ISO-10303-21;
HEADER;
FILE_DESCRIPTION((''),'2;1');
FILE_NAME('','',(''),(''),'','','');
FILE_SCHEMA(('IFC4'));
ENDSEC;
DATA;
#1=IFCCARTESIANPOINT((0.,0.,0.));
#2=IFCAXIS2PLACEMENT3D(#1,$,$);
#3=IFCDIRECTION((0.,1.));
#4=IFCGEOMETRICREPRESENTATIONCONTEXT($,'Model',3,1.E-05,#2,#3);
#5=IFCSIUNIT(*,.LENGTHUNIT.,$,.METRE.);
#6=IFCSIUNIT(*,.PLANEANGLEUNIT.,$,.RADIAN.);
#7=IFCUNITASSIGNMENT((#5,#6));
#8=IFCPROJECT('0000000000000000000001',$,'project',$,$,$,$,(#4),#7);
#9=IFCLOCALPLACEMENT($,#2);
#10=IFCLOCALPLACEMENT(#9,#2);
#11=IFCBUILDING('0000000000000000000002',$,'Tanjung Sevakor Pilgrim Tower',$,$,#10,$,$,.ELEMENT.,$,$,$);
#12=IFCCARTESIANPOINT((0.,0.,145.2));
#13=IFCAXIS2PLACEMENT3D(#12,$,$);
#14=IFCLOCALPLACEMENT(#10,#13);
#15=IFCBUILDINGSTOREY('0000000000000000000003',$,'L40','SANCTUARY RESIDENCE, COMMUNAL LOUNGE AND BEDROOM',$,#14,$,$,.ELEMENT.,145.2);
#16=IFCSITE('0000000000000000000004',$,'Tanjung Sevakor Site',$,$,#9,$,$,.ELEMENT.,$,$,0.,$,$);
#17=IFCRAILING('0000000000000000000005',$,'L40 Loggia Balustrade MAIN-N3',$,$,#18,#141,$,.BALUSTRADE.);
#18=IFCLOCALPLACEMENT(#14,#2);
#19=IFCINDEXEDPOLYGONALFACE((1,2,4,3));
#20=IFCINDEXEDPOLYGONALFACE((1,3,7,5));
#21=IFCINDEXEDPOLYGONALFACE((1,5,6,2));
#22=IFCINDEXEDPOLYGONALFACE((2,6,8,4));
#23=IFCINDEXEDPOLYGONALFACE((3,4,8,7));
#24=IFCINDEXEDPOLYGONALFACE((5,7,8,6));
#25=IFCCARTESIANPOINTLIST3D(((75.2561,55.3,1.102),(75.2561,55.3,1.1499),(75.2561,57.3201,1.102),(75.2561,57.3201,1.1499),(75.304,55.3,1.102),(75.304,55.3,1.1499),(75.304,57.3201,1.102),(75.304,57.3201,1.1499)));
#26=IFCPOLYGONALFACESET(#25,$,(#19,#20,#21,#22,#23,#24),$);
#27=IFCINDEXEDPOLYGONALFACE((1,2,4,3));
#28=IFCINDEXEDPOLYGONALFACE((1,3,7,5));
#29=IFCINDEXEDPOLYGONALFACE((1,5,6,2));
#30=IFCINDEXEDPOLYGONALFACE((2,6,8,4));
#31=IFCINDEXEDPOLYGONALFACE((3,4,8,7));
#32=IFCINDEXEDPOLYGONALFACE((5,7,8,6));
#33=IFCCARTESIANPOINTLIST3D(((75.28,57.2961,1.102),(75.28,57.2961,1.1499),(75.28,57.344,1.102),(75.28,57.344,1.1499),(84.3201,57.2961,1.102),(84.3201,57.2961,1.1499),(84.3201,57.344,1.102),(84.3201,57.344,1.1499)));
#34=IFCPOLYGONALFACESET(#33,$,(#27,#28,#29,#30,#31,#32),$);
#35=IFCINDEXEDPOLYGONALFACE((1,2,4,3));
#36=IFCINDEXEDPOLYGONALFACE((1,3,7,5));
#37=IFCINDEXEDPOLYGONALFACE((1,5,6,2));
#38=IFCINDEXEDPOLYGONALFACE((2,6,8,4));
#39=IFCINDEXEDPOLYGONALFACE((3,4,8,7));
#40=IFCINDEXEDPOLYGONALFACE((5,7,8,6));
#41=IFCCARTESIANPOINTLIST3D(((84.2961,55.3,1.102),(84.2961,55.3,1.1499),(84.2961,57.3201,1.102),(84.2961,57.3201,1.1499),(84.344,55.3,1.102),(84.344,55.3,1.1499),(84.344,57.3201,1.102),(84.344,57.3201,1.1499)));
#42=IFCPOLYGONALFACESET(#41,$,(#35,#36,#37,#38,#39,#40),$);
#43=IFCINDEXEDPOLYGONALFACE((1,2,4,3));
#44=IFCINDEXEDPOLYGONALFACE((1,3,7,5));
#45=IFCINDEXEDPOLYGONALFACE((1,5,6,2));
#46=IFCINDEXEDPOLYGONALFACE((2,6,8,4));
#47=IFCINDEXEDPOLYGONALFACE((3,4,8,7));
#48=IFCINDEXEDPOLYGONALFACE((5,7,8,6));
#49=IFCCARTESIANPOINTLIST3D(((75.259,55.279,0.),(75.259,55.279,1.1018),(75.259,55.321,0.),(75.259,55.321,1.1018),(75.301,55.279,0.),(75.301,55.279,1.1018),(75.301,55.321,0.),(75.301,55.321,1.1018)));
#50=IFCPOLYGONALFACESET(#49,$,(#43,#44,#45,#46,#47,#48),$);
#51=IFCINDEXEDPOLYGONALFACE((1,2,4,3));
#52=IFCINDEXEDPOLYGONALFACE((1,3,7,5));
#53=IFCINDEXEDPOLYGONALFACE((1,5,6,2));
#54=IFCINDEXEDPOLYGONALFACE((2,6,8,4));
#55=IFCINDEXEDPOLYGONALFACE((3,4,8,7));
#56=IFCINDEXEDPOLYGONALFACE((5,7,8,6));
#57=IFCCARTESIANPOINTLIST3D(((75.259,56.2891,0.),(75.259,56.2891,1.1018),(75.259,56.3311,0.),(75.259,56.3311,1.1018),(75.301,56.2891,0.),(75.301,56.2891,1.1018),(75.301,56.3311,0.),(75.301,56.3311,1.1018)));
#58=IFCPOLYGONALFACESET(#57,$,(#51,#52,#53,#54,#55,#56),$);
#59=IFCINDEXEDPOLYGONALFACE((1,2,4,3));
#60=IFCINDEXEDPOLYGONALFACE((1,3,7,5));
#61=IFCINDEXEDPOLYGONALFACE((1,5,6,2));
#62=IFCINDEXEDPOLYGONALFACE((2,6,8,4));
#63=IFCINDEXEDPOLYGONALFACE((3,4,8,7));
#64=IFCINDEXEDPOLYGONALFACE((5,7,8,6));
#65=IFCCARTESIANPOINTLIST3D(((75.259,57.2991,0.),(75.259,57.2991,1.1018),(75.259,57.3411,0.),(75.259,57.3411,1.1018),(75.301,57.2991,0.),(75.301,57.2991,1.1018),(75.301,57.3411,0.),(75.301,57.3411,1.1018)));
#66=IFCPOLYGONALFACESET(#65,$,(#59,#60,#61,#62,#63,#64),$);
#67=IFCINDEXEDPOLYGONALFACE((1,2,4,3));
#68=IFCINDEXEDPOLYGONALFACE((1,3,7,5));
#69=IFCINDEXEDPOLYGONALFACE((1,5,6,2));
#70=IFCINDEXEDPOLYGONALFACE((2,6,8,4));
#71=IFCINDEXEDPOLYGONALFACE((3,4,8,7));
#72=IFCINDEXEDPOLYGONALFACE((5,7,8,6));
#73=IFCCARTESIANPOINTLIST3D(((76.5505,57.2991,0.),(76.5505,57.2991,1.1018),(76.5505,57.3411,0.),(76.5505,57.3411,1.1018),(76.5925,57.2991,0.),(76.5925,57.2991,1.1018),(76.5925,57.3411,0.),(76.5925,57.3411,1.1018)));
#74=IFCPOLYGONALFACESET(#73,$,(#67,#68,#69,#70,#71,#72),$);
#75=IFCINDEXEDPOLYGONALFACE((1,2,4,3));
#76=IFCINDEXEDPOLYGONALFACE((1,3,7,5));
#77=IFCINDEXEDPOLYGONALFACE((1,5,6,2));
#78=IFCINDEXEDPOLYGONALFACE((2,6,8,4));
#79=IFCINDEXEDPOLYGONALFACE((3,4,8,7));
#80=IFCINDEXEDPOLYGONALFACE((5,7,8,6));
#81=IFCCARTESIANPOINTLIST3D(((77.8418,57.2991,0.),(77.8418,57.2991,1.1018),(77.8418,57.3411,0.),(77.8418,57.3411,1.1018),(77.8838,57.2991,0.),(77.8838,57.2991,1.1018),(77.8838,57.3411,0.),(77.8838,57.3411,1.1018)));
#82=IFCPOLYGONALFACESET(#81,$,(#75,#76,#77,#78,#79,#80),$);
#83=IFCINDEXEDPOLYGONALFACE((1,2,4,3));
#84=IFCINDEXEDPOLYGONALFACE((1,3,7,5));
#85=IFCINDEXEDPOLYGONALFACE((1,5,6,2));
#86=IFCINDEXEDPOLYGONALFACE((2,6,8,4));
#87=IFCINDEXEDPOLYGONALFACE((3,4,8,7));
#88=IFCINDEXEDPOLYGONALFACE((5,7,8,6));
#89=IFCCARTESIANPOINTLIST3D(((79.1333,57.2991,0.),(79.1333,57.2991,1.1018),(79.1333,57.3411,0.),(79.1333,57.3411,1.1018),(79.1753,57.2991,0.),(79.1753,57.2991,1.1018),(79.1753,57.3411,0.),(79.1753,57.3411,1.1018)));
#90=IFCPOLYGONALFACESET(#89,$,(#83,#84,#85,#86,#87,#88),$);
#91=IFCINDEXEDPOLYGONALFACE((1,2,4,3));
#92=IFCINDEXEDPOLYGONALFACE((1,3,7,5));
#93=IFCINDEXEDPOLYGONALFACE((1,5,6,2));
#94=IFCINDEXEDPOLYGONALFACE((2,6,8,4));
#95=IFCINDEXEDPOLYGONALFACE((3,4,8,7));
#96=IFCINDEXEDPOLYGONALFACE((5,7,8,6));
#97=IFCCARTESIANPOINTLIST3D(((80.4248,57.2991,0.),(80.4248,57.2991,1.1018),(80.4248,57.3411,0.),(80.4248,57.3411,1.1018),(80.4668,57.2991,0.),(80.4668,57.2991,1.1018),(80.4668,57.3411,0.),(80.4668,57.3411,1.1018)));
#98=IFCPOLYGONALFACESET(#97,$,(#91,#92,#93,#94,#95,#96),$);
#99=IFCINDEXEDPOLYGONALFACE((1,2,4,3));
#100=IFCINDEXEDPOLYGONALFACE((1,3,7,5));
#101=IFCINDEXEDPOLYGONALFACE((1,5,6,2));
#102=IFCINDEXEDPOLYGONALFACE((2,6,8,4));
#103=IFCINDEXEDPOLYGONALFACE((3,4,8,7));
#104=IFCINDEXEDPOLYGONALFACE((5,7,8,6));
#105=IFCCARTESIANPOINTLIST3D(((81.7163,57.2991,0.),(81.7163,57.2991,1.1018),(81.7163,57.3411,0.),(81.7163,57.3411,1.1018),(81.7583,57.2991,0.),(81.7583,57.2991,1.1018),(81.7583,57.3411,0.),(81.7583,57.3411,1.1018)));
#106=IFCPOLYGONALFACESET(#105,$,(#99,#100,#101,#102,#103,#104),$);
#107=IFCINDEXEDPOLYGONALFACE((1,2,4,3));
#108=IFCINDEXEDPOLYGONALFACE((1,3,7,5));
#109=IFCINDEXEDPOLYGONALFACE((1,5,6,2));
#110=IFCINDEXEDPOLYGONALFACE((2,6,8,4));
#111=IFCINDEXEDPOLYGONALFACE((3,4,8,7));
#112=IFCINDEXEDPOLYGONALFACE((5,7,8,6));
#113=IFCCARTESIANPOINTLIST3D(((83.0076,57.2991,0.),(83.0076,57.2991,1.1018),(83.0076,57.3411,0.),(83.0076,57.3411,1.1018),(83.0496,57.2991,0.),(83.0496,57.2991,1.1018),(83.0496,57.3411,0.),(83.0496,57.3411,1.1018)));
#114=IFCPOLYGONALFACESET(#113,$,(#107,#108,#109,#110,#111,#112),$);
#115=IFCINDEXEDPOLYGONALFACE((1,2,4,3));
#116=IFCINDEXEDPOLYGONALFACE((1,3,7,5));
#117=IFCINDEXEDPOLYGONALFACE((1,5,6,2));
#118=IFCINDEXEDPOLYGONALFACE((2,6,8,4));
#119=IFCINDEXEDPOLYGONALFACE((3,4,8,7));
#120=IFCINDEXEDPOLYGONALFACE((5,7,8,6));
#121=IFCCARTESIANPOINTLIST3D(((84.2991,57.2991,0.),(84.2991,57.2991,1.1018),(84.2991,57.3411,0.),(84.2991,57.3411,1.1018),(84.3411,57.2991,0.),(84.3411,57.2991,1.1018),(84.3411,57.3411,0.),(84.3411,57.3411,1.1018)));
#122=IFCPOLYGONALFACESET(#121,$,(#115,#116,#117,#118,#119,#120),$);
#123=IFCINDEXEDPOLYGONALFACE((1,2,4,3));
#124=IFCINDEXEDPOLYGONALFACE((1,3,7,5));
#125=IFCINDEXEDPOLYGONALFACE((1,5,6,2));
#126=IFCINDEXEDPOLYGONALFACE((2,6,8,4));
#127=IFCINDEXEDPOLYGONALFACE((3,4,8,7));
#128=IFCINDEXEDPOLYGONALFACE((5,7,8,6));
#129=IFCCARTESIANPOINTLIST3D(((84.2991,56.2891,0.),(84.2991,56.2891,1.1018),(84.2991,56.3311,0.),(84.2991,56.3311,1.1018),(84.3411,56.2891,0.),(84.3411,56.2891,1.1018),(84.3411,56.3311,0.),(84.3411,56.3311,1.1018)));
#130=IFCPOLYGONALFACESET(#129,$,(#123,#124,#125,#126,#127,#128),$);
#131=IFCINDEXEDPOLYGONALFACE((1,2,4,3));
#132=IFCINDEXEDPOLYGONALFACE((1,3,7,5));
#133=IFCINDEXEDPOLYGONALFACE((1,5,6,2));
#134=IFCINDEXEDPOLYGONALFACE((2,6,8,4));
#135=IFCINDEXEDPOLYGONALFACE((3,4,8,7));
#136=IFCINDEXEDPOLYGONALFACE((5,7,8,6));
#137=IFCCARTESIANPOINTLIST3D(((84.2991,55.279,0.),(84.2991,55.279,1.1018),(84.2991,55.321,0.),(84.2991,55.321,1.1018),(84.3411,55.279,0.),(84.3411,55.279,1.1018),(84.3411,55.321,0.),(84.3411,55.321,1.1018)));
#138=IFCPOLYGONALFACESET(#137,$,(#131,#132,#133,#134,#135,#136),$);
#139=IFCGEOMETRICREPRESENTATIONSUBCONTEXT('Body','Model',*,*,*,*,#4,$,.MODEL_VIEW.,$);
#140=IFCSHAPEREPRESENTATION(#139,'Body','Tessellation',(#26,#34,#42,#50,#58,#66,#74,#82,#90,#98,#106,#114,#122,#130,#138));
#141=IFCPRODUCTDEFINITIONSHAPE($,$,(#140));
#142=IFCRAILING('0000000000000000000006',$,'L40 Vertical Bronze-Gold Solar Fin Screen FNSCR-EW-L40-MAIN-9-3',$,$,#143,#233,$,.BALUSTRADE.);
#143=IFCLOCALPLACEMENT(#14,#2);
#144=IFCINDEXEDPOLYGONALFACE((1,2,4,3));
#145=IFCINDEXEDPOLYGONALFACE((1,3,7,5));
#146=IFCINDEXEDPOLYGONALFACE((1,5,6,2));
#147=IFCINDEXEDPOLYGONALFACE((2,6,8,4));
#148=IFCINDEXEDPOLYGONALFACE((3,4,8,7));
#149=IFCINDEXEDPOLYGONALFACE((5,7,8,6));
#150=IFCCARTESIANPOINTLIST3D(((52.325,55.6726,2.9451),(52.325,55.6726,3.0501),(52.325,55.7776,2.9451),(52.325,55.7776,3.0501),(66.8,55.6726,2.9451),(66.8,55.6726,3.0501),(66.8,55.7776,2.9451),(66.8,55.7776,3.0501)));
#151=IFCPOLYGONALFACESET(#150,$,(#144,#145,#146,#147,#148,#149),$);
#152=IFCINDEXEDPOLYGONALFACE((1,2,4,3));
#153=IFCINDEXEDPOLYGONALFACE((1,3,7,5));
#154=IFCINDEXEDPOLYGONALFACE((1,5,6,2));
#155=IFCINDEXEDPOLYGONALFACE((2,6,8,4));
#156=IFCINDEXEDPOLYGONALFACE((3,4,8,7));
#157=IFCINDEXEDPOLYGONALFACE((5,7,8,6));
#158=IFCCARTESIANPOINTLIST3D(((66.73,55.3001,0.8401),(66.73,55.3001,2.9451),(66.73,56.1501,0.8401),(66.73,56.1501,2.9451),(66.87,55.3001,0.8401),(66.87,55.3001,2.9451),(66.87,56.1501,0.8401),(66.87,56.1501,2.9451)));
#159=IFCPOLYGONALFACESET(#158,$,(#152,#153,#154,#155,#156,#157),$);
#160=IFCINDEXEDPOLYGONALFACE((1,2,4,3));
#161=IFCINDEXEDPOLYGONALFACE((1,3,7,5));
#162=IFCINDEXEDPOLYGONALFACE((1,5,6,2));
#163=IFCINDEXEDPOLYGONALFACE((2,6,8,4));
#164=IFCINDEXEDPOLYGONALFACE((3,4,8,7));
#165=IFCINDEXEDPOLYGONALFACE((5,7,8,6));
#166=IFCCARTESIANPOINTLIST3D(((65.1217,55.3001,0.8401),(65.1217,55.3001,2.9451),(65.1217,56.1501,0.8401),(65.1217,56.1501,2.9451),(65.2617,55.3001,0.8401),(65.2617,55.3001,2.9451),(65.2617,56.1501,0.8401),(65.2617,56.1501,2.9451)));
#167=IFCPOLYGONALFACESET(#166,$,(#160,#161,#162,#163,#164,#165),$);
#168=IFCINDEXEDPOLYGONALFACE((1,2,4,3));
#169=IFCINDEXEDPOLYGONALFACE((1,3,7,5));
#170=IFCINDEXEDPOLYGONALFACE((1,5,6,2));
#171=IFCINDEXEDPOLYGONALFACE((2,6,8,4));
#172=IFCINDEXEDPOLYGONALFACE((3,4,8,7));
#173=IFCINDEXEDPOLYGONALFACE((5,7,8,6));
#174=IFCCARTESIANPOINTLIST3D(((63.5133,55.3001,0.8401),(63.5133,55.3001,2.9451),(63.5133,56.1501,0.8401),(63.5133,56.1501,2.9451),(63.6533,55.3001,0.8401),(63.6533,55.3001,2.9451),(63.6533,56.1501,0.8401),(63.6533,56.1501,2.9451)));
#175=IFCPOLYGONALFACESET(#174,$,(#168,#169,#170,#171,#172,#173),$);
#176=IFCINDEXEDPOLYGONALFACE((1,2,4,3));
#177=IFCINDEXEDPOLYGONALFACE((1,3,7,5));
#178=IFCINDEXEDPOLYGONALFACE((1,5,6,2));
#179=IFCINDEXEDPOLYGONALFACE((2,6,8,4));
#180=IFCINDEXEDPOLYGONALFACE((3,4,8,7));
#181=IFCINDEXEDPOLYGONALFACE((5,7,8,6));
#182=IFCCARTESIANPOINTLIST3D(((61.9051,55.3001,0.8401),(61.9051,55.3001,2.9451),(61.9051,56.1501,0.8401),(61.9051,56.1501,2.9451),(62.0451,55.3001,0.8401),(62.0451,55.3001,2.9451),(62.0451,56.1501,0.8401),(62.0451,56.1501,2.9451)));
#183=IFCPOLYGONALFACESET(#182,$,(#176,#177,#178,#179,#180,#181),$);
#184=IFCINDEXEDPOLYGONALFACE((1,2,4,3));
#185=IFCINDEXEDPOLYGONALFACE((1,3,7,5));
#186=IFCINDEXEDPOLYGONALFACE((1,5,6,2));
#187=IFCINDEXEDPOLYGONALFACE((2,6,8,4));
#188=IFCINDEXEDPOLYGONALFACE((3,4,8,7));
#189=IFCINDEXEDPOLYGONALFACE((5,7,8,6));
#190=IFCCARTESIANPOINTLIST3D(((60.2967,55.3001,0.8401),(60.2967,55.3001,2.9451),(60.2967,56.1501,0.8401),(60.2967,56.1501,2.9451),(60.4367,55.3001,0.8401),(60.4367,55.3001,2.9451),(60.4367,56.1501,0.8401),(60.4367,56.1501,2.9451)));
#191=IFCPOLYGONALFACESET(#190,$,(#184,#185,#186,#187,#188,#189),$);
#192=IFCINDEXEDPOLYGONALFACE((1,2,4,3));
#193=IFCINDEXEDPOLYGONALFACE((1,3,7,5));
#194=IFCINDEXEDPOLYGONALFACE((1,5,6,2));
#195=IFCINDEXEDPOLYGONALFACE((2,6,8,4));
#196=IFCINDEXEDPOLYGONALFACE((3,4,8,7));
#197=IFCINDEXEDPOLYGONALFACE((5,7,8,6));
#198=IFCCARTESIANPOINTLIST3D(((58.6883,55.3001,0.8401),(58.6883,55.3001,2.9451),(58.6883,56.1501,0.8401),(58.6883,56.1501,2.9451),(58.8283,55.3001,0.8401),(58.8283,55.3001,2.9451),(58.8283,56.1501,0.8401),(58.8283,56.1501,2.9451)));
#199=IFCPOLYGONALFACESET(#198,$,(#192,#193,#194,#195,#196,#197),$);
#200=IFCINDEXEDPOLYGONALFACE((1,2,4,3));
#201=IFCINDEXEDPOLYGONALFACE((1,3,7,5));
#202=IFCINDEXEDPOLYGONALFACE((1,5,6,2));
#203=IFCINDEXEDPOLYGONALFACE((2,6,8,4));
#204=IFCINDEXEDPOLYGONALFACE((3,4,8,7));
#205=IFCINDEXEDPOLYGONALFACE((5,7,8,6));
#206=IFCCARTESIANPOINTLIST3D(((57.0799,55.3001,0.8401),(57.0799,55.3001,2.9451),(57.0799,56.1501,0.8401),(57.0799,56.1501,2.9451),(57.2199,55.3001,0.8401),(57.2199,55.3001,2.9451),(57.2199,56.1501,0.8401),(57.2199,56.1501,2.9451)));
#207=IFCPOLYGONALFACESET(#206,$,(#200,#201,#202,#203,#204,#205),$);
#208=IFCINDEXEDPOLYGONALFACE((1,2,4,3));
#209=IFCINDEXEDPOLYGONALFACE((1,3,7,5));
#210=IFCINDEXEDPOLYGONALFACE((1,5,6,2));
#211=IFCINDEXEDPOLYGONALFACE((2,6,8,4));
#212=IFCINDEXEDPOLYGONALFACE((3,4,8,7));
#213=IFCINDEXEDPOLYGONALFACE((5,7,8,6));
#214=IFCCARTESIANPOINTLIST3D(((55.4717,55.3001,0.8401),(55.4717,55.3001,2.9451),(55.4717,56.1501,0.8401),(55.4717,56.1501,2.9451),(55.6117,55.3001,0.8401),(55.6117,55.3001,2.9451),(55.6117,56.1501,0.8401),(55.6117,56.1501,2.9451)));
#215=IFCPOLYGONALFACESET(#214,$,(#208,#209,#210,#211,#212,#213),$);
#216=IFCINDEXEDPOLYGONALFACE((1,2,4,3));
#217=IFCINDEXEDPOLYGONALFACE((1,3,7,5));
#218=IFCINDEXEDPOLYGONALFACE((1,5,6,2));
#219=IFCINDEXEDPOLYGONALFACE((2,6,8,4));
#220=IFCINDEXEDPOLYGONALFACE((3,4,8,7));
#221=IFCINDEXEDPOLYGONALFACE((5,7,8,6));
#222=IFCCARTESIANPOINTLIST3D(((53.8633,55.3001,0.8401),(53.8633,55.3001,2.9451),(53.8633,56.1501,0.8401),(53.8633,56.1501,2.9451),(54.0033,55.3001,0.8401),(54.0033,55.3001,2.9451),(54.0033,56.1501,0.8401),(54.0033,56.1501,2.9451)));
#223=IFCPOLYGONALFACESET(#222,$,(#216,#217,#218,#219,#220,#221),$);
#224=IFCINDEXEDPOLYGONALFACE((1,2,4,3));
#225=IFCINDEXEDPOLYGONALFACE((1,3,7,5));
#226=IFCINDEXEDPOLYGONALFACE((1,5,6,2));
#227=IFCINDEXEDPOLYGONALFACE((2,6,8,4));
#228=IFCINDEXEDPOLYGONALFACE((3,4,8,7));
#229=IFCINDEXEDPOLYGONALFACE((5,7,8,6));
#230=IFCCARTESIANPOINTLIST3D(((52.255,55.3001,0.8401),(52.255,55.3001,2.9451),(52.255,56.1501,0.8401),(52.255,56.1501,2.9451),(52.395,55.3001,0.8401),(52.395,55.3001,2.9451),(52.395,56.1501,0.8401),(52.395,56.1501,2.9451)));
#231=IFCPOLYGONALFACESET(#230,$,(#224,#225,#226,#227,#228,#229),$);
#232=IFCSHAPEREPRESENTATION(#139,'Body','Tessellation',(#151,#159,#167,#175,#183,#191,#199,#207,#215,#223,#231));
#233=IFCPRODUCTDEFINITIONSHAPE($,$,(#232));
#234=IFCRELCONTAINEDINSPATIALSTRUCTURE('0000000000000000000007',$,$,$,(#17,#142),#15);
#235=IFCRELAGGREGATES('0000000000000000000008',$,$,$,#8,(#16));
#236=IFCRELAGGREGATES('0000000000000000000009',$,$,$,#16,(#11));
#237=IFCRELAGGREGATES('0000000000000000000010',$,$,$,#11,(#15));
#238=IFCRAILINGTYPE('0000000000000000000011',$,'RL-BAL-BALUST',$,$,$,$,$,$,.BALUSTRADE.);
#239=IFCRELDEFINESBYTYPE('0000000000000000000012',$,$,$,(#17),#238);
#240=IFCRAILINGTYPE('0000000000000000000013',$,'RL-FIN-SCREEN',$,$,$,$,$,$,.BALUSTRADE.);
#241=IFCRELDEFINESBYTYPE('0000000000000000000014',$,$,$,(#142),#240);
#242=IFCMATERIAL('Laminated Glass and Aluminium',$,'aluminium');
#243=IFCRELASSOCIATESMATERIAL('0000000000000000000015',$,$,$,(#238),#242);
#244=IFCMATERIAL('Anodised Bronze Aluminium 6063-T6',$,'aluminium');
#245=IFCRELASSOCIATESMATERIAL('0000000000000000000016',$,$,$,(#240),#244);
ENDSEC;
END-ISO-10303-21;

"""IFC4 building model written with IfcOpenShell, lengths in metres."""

from ifc_helpers import new_model, si_unit, direction, frame, origin, place, context, subcontext, project, spatial, rectangle, extrude, material, type_object, element, save


model = new_model("IFC4")

# Units and contexts
model_context = context("Model", 3, precision=1e-05, world=origin(), true_north=direction((0.0, 1.0)))
body_context = subcontext(model_context, "Body", "Model", "MODEL_VIEW")
ifc_project = project(units=[si_unit("LENGTHUNIT", "METRE"), si_unit("PLANEANGLEUNIT", "RADIAN")], contexts=[model_context])

# Site, building, storey
site_placement = place(None, origin())
site = spatial("IfcSite", under=ifc_project, at=site_placement, Name="Tanjung Sevakor Site", CompositionType="ELEMENT", RefElevation=0.0)
building_placement = place(site_placement, origin())
building = spatial("IfcBuilding", under=site, at=building_placement, Name="Tanjung Sevakor Pilgrim Tower", CompositionType="ELEMENT")
storey_placement = place(building_placement, frame((0.0, 0.0, 145.2)))
storey = spatial("IfcBuildingStorey", under=building, at=storey_placement, Name="L40", Description="SANCTUARY RESIDENCE, COMMUNAL LOUNGE AND BEDROOM", CompositionType="ELEMENT", Elevation=145.2)

# Railings
ifc_material_1 = material(Name="Laminated Glass and Aluminium", Category="aluminium")
railing_type_1 = type_object("IfcRailingType", Name="RL-BAL-BALUST", PredefinedType="BALUSTRADE", material=ifc_material_1)
railing_1_placement = place(storey_placement, frame((75.28, 55.3, 0.0)))
element("IfcRailing", 1, at=railing_1_placement, inside=storey, type_object=railing_type_1, Name="L40 Loggia Balustrade MAIN-N3", PredefinedType="BALUSTRADE", context=body_context, shape_type="SweptSolid", body=[
    extrude(rectangle(XDim=0.0479, YDim=0.0479), frame((0.0, 0.0, 1.126), z_axis=(0.0, 1.0, 0.0), x_axis=(-1.0, 0.0, 0.0)), (0.0, 0.0, 1.0), 2.02),
    extrude(rectangle(XDim=0.0479, YDim=0.0479), frame((0.0, 2.02, 1.126), z_axis=(1.0, 0.0, 0.0), x_axis=(0.0, 1.0, 0.0)), (0.0, 0.0, 1.0), 9.04),
    extrude(rectangle(XDim=0.0479, YDim=0.0479), frame((9.04, 2.02, 1.126), z_axis=(0.0, -1.0, 0.0), x_axis=(1.0, 0.0, 0.0)), (0.0, 0.0, 1.0), 2.02),
    extrude(rectangle(XDim=0.042, YDim=0.042), origin(), (0.0, 0.0, 1.0), 1.1018),
    extrude(rectangle(XDim=0.042, YDim=0.042), frame((0.0, 1.01, 0.0)), (0.0, 0.0, 1.0), 1.1018),
    extrude(rectangle(XDim=0.042, YDim=0.042), frame((0.0, 2.02, 0.0)), (0.0, 0.0, 1.0), 1.1018),
    extrude(rectangle(XDim=0.042, YDim=0.042), frame((1.2915, 2.02, 0.0)), (0.0, 0.0, 1.0), 1.1018),
    extrude(rectangle(XDim=0.042, YDim=0.042), frame((2.5828, 2.02, 0.0)), (0.0, 0.0, 1.0), 1.1018),
    extrude(rectangle(XDim=0.042, YDim=0.042), frame((3.8743, 2.02, 0.0)), (0.0, 0.0, 1.0), 1.1018),
    extrude(rectangle(XDim=0.042, YDim=0.042), frame((5.1658, 2.02, 0.0)), (0.0, 0.0, 1.0), 1.1018),
    extrude(rectangle(XDim=0.042, YDim=0.042), frame((6.4573, 2.02, 0.0)), (0.0, 0.0, 1.0), 1.1018),
    extrude(rectangle(XDim=0.042, YDim=0.042), frame((7.7485, 2.02, 0.0)), (0.0, 0.0, 1.0), 1.1018),
    extrude(rectangle(XDim=0.042, YDim=0.042), frame((9.04, 2.02, 0.0)), (0.0, 0.0, 1.0), 1.1018),
    extrude(rectangle(XDim=0.042, YDim=0.042), frame((9.04, 1.01, 0.0)), (0.0, 0.0, 1.0), 1.1018),
    extrude(rectangle(XDim=0.042, YDim=0.042), frame((9.04, 0.0, 0.0)), (0.0, 0.0, 1.0), 1.1018),
])
ifc_material_2 = material(Name="Anodised Bronze Aluminium 6063-T6", Category="aluminium")
railing_type_2 = type_object("IfcRailingType", Name="RL-FIN-SCREEN", PredefinedType="BALUSTRADE", material=ifc_material_2)
railing_2_placement = place(storey_placement, frame((66.8, 55.7251, 0.8401)))
element("IfcRailing", 2, at=railing_2_placement, inside=storey, type_object=railing_type_2, Name="L40 Vertical Bronze-Gold Solar Fin Screen FNSCR-EW-L40-MAIN-9-3", PredefinedType="BALUSTRADE", context=body_context, shape_type="SweptSolid", body=[
    extrude(rectangle(XDim=0.105, YDim=0.105), frame((0.0, 0.0, 2.1575), z_axis=(-1.0, 0.0, 0.0), x_axis=(0.0, -1.0, 0.0)), (0.0, 0.0, 1.0), 14.4751),
    extrude(rectangle(XDim=0.14, YDim=0.85), origin(), (0.0, 0.0, 1.0), 2.105),
    extrude(rectangle(XDim=0.14, YDim=0.85), frame((-1.6084, 0.0, 0.0)), (0.0, 0.0, 1.0), 2.105),
    extrude(rectangle(XDim=0.14, YDim=0.85), frame((-3.2168, 0.0, 0.0)), (0.0, 0.0, 1.0), 2.105),
    extrude(rectangle(XDim=0.14, YDim=0.85), frame((-4.825, 0.0, 0.0)), (0.0, 0.0, 1.0), 2.105),
    extrude(rectangle(XDim=0.14, YDim=0.85), frame((-6.4333, 0.0, 0.0)), (0.0, 0.0, 1.0), 2.105),
    extrude(rectangle(XDim=0.14, YDim=0.85), frame((-8.0417, 0.0, 0.0)), (0.0, 0.0, 1.0), 2.105),
    extrude(rectangle(XDim=0.14, YDim=0.85), frame((-9.6501, 0.0, 0.0)), (0.0, 0.0, 1.0), 2.105),
    extrude(rectangle(XDim=0.14, YDim=0.85), frame((-11.2583, 0.0, 0.0)), (0.0, 0.0, 1.0), 2.105),
    extrude(rectangle(XDim=0.14, YDim=0.85), frame((-12.8667, 0.0, 0.0)), (0.0, 0.0, 1.0), 2.105),
    extrude(rectangle(XDim=0.14, YDim=0.85), frame((-14.4751, 0.0, 0.0)), (0.0, 0.0, 1.0), 2.105),
])

save(model, "model.ifc")
